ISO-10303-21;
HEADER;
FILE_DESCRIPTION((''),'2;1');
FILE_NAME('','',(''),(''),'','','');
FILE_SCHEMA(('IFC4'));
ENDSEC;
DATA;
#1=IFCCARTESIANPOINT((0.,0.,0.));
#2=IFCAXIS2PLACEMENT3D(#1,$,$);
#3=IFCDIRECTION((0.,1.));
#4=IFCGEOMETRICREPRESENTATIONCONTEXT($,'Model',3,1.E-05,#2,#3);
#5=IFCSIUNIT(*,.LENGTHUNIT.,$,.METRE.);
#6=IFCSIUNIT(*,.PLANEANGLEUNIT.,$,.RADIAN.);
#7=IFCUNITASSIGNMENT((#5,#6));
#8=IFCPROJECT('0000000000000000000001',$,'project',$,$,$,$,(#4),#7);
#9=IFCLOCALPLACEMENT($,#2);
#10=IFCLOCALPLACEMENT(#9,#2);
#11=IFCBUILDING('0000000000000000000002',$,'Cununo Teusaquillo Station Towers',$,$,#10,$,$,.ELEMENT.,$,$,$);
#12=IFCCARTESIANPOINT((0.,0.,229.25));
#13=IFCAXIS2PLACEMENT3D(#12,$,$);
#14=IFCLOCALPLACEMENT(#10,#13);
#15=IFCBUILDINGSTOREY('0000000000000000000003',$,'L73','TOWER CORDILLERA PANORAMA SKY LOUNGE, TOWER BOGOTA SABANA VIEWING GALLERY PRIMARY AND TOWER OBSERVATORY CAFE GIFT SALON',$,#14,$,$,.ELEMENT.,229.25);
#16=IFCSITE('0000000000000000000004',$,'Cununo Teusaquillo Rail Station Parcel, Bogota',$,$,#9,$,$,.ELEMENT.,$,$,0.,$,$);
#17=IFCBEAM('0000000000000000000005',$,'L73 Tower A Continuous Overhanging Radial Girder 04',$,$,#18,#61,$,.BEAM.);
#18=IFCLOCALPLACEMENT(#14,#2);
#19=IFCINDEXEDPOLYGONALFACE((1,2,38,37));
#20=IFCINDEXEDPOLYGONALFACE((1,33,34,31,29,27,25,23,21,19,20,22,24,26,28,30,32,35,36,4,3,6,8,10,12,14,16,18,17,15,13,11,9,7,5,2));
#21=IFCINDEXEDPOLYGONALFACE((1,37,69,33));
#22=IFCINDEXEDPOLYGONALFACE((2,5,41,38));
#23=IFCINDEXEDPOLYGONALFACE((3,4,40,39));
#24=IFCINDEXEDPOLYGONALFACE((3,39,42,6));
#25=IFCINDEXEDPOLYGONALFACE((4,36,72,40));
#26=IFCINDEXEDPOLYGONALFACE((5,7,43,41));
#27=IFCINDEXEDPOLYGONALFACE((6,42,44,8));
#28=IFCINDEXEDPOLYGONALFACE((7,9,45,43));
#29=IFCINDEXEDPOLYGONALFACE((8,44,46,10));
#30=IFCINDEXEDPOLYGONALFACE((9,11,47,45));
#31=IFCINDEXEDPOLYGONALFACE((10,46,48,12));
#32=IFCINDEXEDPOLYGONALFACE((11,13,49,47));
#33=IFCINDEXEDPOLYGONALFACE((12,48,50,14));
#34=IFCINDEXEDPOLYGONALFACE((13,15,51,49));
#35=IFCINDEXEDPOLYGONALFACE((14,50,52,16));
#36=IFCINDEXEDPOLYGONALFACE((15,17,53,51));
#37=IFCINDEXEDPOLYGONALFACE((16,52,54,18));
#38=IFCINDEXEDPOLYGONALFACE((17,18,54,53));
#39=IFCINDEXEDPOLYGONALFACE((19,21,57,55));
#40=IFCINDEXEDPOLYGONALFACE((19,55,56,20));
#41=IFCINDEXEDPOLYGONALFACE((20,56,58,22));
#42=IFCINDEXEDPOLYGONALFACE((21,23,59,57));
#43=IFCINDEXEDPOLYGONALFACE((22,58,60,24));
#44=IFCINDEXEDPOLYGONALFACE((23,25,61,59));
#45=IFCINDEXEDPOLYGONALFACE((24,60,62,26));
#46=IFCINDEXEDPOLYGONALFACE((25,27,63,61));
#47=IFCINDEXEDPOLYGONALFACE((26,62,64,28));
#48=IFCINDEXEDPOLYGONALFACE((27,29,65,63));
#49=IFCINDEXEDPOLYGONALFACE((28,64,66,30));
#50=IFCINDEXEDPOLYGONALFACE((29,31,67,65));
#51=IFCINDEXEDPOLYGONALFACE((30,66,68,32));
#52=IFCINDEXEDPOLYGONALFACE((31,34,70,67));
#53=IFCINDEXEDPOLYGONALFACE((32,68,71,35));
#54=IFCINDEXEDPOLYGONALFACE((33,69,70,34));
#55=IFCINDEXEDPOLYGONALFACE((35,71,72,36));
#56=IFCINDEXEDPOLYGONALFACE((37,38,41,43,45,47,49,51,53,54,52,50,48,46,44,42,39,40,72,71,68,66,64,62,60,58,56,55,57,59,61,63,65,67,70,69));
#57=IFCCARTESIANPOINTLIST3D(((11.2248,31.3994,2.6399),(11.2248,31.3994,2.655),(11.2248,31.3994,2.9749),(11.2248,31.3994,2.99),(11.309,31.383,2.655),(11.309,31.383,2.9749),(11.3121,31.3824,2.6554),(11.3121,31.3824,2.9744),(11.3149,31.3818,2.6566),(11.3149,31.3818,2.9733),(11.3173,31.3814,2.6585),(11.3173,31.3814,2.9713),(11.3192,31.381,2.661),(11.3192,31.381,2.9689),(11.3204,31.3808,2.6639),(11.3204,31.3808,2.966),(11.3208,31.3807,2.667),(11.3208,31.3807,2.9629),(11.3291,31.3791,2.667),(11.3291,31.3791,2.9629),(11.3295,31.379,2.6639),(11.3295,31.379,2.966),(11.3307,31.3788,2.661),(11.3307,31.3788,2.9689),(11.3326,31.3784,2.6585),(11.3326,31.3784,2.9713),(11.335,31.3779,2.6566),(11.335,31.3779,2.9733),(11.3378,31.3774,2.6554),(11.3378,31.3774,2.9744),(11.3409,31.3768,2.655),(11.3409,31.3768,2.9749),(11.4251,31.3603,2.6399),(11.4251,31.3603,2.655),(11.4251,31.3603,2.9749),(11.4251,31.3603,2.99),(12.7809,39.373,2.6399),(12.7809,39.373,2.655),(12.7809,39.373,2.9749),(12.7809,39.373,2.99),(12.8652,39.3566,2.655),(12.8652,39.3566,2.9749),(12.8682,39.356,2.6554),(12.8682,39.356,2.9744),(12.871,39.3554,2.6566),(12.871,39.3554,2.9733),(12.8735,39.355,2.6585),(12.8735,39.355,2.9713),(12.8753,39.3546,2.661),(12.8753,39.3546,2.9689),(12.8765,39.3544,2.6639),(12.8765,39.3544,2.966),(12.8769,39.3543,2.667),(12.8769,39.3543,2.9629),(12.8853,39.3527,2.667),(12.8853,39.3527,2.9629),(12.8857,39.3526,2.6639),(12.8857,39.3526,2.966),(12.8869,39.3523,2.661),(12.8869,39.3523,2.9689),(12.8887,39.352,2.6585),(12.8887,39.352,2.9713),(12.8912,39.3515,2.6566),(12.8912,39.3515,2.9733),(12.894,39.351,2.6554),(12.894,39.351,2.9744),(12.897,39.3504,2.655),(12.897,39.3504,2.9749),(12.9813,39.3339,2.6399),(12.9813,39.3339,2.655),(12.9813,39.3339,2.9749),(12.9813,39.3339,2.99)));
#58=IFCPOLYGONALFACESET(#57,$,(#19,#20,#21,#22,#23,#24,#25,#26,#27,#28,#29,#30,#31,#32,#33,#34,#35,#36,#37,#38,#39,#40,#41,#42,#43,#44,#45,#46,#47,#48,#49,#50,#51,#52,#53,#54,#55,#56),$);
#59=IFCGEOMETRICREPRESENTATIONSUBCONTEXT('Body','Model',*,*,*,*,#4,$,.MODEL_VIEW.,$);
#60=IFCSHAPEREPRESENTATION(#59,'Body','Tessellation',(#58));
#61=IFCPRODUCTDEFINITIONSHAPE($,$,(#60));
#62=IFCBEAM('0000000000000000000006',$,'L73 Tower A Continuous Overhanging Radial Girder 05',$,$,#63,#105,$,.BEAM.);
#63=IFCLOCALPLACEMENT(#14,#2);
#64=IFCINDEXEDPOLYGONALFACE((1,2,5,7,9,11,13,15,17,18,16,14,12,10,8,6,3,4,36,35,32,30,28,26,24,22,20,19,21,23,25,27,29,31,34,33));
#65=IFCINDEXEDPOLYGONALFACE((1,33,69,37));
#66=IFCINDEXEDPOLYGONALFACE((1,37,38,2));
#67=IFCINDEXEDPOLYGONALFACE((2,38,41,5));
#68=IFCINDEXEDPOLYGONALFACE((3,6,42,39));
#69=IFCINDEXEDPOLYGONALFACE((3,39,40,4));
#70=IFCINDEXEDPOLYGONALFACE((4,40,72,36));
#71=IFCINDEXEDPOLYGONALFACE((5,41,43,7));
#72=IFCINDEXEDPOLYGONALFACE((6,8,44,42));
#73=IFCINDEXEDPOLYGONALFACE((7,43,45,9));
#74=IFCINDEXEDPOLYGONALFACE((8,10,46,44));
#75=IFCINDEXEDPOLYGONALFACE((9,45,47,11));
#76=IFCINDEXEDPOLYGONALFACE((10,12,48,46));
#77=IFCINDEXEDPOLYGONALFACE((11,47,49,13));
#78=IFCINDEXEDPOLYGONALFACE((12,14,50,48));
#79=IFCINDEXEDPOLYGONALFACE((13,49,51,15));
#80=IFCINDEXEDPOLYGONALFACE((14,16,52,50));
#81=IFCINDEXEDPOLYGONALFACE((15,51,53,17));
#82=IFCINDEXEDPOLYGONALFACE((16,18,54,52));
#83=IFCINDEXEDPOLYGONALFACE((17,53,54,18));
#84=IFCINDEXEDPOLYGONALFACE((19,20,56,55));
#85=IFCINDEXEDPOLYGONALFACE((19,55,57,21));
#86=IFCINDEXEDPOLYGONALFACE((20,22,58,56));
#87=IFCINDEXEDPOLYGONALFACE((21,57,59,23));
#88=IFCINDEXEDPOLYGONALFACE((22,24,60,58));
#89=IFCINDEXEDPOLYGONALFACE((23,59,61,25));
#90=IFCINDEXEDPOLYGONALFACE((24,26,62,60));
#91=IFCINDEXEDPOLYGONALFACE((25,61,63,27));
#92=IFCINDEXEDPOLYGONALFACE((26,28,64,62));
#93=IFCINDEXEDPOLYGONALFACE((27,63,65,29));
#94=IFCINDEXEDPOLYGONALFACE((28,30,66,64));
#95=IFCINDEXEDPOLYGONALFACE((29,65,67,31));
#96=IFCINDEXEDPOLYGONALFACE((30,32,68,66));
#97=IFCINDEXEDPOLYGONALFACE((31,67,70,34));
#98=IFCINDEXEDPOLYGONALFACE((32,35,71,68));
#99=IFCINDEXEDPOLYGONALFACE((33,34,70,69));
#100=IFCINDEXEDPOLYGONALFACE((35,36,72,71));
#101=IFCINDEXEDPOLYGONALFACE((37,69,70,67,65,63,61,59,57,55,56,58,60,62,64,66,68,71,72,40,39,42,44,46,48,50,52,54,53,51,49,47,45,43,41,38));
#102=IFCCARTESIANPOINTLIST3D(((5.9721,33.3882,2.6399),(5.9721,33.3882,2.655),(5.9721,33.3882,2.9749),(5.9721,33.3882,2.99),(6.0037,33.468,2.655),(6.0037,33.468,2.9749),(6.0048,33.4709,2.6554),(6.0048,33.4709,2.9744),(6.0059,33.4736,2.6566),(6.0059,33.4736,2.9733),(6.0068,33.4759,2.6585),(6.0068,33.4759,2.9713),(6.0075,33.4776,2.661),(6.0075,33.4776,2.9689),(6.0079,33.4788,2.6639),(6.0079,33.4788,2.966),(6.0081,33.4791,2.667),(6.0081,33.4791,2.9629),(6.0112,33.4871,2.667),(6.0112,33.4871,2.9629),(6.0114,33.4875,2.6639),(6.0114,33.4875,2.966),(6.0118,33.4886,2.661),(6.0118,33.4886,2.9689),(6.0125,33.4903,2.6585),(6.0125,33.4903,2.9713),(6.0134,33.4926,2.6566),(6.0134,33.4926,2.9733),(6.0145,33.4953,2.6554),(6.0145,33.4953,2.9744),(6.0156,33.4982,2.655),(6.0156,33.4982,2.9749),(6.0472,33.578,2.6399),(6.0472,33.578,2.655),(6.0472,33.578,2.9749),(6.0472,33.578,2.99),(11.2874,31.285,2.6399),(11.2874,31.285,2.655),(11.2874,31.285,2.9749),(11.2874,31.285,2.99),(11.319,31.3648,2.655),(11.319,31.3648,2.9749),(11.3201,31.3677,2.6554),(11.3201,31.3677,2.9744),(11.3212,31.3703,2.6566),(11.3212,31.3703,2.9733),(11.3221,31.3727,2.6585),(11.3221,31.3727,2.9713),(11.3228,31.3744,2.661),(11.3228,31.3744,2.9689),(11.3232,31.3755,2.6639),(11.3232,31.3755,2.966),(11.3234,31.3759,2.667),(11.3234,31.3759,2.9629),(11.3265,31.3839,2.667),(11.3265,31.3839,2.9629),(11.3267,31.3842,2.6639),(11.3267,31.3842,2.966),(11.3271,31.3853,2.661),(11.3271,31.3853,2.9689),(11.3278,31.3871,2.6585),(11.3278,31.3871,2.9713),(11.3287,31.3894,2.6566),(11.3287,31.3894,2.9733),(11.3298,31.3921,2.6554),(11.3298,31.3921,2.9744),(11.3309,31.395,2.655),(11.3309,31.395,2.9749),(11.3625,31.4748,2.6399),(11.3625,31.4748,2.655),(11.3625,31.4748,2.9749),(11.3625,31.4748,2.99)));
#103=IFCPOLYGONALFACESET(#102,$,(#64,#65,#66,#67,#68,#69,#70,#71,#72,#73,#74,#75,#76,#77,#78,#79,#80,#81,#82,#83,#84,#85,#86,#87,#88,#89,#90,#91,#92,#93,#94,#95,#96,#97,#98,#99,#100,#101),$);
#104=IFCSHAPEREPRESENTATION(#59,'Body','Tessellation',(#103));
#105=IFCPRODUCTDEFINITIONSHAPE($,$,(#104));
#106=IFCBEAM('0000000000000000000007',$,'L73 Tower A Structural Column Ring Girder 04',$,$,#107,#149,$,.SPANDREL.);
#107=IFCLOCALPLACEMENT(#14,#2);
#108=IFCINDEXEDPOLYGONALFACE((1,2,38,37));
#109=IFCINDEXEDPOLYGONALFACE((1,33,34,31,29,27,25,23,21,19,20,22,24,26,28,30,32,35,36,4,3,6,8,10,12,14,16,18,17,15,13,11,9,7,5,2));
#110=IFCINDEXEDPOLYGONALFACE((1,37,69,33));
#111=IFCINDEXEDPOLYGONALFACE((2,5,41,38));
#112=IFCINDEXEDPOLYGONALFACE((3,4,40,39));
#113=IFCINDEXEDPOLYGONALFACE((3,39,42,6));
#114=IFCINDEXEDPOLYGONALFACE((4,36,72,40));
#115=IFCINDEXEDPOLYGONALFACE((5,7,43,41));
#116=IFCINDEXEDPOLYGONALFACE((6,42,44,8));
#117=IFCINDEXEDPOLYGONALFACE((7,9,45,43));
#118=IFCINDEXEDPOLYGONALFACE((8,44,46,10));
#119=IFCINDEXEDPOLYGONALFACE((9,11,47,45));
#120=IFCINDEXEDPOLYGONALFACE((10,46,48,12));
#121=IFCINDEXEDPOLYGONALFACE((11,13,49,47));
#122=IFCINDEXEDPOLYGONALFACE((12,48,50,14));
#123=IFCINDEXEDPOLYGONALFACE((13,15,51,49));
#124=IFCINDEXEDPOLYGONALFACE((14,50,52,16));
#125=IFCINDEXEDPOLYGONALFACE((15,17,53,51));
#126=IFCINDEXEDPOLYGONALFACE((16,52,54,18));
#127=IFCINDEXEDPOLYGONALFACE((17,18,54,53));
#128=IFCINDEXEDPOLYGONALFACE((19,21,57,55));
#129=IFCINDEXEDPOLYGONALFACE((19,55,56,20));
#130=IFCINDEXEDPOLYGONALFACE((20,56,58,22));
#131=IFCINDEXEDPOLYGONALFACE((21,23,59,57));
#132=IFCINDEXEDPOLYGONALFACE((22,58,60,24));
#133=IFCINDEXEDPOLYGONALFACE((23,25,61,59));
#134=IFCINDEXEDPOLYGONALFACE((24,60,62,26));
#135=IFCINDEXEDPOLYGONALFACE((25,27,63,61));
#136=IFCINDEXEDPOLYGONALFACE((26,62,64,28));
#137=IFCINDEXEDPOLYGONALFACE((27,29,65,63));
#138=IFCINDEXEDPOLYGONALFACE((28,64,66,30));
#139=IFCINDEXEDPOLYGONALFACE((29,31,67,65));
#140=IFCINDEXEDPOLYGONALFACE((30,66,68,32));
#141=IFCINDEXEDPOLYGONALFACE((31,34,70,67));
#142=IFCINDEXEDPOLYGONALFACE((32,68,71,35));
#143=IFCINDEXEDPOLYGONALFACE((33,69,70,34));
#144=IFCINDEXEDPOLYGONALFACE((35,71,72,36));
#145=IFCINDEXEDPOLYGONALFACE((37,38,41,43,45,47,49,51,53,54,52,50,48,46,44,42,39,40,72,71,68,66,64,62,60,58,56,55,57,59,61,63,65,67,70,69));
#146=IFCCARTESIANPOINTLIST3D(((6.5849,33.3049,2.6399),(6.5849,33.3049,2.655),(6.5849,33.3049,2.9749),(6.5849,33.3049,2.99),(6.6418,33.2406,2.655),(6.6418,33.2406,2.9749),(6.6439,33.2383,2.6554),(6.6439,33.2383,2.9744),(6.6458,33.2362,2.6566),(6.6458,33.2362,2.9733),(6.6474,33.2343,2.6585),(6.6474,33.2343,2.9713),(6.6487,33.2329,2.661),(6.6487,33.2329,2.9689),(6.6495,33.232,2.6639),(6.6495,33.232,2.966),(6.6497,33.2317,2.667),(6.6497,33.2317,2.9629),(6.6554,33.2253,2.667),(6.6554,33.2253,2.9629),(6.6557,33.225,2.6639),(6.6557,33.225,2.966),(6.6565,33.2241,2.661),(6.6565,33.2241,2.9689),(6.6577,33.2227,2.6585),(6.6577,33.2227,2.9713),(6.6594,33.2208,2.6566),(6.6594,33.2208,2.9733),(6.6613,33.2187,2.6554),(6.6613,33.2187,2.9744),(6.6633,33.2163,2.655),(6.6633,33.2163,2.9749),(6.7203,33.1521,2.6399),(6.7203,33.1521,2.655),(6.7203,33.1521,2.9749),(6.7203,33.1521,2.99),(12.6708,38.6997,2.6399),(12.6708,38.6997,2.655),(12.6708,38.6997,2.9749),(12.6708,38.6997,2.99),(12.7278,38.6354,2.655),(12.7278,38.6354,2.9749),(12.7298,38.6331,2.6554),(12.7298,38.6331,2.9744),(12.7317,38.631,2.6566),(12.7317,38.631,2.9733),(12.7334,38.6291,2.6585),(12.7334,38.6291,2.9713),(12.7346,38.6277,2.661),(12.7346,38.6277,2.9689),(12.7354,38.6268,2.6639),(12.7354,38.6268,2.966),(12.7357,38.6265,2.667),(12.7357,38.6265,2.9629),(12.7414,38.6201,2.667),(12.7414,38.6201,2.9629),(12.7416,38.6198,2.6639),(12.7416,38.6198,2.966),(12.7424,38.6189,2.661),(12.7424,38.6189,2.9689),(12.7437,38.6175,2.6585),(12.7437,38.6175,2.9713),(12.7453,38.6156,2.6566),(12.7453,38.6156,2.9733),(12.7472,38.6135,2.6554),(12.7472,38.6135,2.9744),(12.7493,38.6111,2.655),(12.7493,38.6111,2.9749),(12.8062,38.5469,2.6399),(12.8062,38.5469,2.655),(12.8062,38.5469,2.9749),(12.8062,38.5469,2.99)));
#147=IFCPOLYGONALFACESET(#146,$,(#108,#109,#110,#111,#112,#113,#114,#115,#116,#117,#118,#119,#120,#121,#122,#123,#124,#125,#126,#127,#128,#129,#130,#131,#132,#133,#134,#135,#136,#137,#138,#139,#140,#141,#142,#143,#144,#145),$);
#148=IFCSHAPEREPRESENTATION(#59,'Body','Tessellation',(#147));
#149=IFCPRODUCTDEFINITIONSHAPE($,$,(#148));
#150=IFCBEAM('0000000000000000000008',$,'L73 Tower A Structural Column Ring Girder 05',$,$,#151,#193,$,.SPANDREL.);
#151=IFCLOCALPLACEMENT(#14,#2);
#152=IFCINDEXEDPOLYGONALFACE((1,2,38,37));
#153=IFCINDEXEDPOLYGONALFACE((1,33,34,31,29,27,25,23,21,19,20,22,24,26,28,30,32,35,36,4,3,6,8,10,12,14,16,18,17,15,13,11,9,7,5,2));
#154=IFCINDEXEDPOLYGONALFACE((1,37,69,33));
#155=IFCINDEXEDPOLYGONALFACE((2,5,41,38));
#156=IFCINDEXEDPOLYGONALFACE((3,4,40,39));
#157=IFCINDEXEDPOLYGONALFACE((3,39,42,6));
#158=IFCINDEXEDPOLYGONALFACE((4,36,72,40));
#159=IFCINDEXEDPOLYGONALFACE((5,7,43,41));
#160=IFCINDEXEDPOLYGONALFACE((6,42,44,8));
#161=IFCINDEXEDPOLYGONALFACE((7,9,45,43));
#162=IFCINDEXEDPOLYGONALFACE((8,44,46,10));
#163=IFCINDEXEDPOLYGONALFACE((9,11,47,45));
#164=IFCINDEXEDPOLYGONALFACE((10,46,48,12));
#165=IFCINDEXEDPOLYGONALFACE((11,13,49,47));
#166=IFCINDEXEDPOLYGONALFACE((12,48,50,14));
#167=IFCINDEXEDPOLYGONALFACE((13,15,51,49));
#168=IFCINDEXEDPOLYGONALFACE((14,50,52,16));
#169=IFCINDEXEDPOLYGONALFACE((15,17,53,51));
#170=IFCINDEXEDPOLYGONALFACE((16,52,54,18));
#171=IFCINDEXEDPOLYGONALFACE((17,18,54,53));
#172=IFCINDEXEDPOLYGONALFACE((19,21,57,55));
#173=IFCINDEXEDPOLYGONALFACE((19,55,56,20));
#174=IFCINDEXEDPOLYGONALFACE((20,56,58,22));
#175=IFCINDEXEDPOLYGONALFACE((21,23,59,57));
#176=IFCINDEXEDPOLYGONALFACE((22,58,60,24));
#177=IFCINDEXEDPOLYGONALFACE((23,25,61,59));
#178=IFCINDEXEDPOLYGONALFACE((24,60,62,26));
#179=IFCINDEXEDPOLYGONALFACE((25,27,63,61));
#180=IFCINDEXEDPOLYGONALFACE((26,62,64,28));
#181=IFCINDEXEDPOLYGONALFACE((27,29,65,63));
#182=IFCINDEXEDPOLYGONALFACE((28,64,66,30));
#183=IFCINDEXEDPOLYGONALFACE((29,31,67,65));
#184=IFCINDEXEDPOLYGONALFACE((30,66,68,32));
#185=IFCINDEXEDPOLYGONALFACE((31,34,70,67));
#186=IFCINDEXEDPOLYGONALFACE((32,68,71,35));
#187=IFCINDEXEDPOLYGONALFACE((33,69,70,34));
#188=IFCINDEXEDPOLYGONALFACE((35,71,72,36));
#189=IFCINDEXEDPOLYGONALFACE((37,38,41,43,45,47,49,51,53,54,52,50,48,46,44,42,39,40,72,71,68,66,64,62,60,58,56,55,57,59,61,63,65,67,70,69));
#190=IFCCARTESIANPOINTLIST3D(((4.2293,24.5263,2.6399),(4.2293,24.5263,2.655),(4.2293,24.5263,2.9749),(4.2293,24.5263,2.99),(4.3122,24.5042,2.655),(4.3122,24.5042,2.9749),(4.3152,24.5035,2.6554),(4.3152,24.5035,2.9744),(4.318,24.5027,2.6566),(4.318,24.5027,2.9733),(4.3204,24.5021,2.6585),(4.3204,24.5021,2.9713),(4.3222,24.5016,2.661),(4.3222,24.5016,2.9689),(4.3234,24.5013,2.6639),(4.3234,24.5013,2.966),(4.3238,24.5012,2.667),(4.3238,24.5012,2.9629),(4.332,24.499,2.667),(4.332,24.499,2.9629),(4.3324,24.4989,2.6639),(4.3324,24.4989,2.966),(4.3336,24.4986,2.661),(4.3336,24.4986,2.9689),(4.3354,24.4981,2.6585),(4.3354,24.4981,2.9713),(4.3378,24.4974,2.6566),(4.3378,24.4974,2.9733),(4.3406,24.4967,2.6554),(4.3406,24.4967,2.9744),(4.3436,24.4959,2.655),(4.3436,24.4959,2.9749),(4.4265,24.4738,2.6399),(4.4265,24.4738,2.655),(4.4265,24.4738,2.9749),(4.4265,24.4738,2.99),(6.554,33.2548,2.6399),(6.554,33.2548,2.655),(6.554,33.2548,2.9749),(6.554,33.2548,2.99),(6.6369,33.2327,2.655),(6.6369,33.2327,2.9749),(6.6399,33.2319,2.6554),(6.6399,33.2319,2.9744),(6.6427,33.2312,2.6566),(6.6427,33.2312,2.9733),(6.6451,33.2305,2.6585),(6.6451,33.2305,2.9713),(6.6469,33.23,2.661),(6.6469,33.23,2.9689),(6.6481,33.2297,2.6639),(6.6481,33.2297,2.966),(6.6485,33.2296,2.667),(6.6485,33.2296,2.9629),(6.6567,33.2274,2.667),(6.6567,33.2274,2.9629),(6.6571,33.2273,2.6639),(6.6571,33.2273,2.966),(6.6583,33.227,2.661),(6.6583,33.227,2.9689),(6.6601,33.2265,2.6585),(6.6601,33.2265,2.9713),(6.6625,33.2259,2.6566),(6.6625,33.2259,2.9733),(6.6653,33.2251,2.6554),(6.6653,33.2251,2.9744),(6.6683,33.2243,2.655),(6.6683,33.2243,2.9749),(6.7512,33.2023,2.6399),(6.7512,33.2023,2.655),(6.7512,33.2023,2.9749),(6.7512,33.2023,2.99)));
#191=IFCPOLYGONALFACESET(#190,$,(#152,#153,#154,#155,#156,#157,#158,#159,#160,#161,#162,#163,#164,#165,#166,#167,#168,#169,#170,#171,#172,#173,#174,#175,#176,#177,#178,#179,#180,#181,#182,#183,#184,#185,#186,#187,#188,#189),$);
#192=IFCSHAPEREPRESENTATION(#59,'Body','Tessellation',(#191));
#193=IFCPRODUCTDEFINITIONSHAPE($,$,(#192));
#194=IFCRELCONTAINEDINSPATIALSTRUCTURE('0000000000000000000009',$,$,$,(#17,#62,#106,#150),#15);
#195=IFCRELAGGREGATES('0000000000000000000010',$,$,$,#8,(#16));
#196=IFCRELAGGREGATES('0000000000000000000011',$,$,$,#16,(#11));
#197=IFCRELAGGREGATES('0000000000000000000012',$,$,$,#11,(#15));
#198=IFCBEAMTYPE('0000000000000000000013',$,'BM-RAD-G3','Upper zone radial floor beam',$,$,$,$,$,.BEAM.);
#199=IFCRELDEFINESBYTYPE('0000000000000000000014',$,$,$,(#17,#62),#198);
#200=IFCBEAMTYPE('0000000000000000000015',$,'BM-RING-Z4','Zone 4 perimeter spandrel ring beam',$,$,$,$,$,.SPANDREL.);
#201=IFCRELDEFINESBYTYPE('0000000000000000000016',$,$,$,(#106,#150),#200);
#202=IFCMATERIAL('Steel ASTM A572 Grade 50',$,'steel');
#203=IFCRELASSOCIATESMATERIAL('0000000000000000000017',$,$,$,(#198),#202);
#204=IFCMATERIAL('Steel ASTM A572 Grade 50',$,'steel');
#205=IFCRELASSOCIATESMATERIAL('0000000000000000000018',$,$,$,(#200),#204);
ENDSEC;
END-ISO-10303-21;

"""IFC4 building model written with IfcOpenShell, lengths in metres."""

from ifc_helpers import new_model, si_unit, direction, frame, origin, origin_2d, place, context, subcontext, project, spatial, i_section, extrude, material, material_profile, profile_set, type_object, element, save


model = new_model("IFC4")

# Units and contexts
model_context = context("Model", 3, precision=1e-05, world=origin(), true_north=direction((0.0, 1.0)))
body_context = subcontext(model_context, "Body", "Model", "MODEL_VIEW")
ifc_project = project(units=[si_unit("LENGTHUNIT", "METRE"), si_unit("PLANEANGLEUNIT", "RADIAN")], contexts=[model_context])

# Site, building, storey
site_placement = place(None, origin())
site = spatial("IfcSite", under=ifc_project, at=site_placement, Name="Cununo Teusaquillo Rail Station Parcel, Bogota", CompositionType="ELEMENT", RefElevation=0.0)
building_placement = place(site_placement, origin())
building = spatial("IfcBuilding", under=site, at=building_placement, Name="Cununo Teusaquillo Station Towers", CompositionType="ELEMENT")
storey_placement = place(building_placement, frame((0.0, 0.0, 229.25)))
storey = spatial("IfcBuildingStorey", under=building, at=storey_placement, Name="L73", Description="TOWER CORDILLERA PANORAMA SKY LOUNGE, TOWER BOGOTA SABANA VIEWING GALLERY PRIMARY AND TOWER OBSERVATORY CAFE GIFT SALON", CompositionType="ELEMENT", Elevation=229.25)

# Beams
ifc_material_1 = material(Name="Steel ASTM A572 Grade 50", Category="steel")
ifc_material_profile_1 = material_profile(ifc_material_1, i_section(OverallWidth=0.2041, OverallDepth=0.3501, WebThickness=0.0085, FlangeThickness=0.0151, FilletRadius=0.012, at=origin_2d()), Name="W14X48")
ifc_profile_set_1 = profile_set([ifc_material_profile_1], Name="Steel ASTM A572 Grade 50")
beam_type_1 = type_object("IfcBeamType", Name="BM-RAD-G3", Description="Upper zone radial floor beam", PredefinedType="BEAM", material=ifc_profile_set_1)
beam_1_placement = place(storey_placement, frame((11.325, 31.3799, 2.8149), z_axis=(0.191548, 0.981483, 0.0), x_axis=(-0.981483, 0.191548, 0.0)))
element("IfcBeam", 1, at=beam_1_placement, inside=storey, type_object=beam_type_1, Name="L73 Tower A Continuous Overhanging Radial Girder 04", PredefinedType="BEAM", context=body_context, shape_type="SweptSolid", body=[
    extrude(i_section(OverallWidth=0.2041, OverallDepth=0.3501, WebThickness=0.0085, FlangeThickness=0.0151, FilletRadius=0.012, at=origin_2d()), origin(), (0.0, 0.0, 1.0), 8.124),
])
beam_2_placement = place(storey_placement, frame((11.325, 31.3799, 2.8149), z_axis=(-0.929852, 0.367935, 0.0), x_axis=(-0.367935, -0.929852, 0.0)))
element("IfcBeam", 2, at=beam_2_placement, inside=storey, type_object=beam_type_1, Name="L73 Tower A Continuous Overhanging Radial Girder 05", PredefinedType="BEAM", context=body_context, shape_type="SweptSolid", body=[
    extrude(i_section(OverallWidth=0.2041, OverallDepth=0.3501, WebThickness=0.0085, FlangeThickness=0.0151, FilletRadius=0.012, at=origin_2d()), origin(), (0.0, 0.0, 1.0), 5.7163),
])
ifc_material_2 = material(Name="Steel ASTM A572 Grade 50", Category="steel")
ifc_material_profile_2 = material_profile(ifc_material_2, i_section(OverallWidth=0.2041, OverallDepth=0.3501, WebThickness=0.0085, FlangeThickness=0.0151, FilletRadius=0.012, at=origin_2d()), Name="W14X48")
ifc_profile_set_2 = profile_set([ifc_material_profile_2], Name="Steel ASTM A572 Grade 50")
beam_type_2 = type_object("IfcBeamType", Name="BM-RING-Z4", Description="Zone 4 perimeter spandrel ring beam", PredefinedType="SPANDREL", material=ifc_profile_set_2)
beam_3_placement = place(storey_placement, frame((12.7385, 38.6233, 2.8149), z_axis=(-0.748321, -0.663337, 0.0), x_axis=(0.663337, -0.748321, 0.0)))
element("IfcBeam", 3, at=beam_3_placement, inside=storey, type_object=beam_type_2, Name="L73 Tower A Structural Column Ring Girder 04", PredefinedType="SPANDREL", context=body_context, shape_type="SweptSolid", body=[
    extrude(i_section(OverallWidth=0.2041, OverallDepth=0.3501, WebThickness=0.0085, FlangeThickness=0.0151, FilletRadius=0.012, at=origin_2d()), origin(), (0.0, 0.0, 1.0), 8.1328),
])
beam_4_placement = place(storey_placement, frame((6.6526, 33.2285, 2.8149), z_axis=(-0.257363, -0.966315, 0.0), x_axis=(0.966315, -0.257363, 0.0)))
element("IfcBeam", 4, at=beam_4_placement, inside=storey, type_object=beam_type_2, Name="L73 Tower A Structural Column Ring Girder 05", PredefinedType="SPANDREL", context=body_context, shape_type="SweptSolid", body=[
    extrude(i_section(OverallWidth=0.2041, OverallDepth=0.3501, WebThickness=0.0085, FlangeThickness=0.0151, FilletRadius=0.012, at=origin_2d()), origin(), (0.0, 0.0, 1.0), 9.0327),
])

save(model, "model.ifc")
